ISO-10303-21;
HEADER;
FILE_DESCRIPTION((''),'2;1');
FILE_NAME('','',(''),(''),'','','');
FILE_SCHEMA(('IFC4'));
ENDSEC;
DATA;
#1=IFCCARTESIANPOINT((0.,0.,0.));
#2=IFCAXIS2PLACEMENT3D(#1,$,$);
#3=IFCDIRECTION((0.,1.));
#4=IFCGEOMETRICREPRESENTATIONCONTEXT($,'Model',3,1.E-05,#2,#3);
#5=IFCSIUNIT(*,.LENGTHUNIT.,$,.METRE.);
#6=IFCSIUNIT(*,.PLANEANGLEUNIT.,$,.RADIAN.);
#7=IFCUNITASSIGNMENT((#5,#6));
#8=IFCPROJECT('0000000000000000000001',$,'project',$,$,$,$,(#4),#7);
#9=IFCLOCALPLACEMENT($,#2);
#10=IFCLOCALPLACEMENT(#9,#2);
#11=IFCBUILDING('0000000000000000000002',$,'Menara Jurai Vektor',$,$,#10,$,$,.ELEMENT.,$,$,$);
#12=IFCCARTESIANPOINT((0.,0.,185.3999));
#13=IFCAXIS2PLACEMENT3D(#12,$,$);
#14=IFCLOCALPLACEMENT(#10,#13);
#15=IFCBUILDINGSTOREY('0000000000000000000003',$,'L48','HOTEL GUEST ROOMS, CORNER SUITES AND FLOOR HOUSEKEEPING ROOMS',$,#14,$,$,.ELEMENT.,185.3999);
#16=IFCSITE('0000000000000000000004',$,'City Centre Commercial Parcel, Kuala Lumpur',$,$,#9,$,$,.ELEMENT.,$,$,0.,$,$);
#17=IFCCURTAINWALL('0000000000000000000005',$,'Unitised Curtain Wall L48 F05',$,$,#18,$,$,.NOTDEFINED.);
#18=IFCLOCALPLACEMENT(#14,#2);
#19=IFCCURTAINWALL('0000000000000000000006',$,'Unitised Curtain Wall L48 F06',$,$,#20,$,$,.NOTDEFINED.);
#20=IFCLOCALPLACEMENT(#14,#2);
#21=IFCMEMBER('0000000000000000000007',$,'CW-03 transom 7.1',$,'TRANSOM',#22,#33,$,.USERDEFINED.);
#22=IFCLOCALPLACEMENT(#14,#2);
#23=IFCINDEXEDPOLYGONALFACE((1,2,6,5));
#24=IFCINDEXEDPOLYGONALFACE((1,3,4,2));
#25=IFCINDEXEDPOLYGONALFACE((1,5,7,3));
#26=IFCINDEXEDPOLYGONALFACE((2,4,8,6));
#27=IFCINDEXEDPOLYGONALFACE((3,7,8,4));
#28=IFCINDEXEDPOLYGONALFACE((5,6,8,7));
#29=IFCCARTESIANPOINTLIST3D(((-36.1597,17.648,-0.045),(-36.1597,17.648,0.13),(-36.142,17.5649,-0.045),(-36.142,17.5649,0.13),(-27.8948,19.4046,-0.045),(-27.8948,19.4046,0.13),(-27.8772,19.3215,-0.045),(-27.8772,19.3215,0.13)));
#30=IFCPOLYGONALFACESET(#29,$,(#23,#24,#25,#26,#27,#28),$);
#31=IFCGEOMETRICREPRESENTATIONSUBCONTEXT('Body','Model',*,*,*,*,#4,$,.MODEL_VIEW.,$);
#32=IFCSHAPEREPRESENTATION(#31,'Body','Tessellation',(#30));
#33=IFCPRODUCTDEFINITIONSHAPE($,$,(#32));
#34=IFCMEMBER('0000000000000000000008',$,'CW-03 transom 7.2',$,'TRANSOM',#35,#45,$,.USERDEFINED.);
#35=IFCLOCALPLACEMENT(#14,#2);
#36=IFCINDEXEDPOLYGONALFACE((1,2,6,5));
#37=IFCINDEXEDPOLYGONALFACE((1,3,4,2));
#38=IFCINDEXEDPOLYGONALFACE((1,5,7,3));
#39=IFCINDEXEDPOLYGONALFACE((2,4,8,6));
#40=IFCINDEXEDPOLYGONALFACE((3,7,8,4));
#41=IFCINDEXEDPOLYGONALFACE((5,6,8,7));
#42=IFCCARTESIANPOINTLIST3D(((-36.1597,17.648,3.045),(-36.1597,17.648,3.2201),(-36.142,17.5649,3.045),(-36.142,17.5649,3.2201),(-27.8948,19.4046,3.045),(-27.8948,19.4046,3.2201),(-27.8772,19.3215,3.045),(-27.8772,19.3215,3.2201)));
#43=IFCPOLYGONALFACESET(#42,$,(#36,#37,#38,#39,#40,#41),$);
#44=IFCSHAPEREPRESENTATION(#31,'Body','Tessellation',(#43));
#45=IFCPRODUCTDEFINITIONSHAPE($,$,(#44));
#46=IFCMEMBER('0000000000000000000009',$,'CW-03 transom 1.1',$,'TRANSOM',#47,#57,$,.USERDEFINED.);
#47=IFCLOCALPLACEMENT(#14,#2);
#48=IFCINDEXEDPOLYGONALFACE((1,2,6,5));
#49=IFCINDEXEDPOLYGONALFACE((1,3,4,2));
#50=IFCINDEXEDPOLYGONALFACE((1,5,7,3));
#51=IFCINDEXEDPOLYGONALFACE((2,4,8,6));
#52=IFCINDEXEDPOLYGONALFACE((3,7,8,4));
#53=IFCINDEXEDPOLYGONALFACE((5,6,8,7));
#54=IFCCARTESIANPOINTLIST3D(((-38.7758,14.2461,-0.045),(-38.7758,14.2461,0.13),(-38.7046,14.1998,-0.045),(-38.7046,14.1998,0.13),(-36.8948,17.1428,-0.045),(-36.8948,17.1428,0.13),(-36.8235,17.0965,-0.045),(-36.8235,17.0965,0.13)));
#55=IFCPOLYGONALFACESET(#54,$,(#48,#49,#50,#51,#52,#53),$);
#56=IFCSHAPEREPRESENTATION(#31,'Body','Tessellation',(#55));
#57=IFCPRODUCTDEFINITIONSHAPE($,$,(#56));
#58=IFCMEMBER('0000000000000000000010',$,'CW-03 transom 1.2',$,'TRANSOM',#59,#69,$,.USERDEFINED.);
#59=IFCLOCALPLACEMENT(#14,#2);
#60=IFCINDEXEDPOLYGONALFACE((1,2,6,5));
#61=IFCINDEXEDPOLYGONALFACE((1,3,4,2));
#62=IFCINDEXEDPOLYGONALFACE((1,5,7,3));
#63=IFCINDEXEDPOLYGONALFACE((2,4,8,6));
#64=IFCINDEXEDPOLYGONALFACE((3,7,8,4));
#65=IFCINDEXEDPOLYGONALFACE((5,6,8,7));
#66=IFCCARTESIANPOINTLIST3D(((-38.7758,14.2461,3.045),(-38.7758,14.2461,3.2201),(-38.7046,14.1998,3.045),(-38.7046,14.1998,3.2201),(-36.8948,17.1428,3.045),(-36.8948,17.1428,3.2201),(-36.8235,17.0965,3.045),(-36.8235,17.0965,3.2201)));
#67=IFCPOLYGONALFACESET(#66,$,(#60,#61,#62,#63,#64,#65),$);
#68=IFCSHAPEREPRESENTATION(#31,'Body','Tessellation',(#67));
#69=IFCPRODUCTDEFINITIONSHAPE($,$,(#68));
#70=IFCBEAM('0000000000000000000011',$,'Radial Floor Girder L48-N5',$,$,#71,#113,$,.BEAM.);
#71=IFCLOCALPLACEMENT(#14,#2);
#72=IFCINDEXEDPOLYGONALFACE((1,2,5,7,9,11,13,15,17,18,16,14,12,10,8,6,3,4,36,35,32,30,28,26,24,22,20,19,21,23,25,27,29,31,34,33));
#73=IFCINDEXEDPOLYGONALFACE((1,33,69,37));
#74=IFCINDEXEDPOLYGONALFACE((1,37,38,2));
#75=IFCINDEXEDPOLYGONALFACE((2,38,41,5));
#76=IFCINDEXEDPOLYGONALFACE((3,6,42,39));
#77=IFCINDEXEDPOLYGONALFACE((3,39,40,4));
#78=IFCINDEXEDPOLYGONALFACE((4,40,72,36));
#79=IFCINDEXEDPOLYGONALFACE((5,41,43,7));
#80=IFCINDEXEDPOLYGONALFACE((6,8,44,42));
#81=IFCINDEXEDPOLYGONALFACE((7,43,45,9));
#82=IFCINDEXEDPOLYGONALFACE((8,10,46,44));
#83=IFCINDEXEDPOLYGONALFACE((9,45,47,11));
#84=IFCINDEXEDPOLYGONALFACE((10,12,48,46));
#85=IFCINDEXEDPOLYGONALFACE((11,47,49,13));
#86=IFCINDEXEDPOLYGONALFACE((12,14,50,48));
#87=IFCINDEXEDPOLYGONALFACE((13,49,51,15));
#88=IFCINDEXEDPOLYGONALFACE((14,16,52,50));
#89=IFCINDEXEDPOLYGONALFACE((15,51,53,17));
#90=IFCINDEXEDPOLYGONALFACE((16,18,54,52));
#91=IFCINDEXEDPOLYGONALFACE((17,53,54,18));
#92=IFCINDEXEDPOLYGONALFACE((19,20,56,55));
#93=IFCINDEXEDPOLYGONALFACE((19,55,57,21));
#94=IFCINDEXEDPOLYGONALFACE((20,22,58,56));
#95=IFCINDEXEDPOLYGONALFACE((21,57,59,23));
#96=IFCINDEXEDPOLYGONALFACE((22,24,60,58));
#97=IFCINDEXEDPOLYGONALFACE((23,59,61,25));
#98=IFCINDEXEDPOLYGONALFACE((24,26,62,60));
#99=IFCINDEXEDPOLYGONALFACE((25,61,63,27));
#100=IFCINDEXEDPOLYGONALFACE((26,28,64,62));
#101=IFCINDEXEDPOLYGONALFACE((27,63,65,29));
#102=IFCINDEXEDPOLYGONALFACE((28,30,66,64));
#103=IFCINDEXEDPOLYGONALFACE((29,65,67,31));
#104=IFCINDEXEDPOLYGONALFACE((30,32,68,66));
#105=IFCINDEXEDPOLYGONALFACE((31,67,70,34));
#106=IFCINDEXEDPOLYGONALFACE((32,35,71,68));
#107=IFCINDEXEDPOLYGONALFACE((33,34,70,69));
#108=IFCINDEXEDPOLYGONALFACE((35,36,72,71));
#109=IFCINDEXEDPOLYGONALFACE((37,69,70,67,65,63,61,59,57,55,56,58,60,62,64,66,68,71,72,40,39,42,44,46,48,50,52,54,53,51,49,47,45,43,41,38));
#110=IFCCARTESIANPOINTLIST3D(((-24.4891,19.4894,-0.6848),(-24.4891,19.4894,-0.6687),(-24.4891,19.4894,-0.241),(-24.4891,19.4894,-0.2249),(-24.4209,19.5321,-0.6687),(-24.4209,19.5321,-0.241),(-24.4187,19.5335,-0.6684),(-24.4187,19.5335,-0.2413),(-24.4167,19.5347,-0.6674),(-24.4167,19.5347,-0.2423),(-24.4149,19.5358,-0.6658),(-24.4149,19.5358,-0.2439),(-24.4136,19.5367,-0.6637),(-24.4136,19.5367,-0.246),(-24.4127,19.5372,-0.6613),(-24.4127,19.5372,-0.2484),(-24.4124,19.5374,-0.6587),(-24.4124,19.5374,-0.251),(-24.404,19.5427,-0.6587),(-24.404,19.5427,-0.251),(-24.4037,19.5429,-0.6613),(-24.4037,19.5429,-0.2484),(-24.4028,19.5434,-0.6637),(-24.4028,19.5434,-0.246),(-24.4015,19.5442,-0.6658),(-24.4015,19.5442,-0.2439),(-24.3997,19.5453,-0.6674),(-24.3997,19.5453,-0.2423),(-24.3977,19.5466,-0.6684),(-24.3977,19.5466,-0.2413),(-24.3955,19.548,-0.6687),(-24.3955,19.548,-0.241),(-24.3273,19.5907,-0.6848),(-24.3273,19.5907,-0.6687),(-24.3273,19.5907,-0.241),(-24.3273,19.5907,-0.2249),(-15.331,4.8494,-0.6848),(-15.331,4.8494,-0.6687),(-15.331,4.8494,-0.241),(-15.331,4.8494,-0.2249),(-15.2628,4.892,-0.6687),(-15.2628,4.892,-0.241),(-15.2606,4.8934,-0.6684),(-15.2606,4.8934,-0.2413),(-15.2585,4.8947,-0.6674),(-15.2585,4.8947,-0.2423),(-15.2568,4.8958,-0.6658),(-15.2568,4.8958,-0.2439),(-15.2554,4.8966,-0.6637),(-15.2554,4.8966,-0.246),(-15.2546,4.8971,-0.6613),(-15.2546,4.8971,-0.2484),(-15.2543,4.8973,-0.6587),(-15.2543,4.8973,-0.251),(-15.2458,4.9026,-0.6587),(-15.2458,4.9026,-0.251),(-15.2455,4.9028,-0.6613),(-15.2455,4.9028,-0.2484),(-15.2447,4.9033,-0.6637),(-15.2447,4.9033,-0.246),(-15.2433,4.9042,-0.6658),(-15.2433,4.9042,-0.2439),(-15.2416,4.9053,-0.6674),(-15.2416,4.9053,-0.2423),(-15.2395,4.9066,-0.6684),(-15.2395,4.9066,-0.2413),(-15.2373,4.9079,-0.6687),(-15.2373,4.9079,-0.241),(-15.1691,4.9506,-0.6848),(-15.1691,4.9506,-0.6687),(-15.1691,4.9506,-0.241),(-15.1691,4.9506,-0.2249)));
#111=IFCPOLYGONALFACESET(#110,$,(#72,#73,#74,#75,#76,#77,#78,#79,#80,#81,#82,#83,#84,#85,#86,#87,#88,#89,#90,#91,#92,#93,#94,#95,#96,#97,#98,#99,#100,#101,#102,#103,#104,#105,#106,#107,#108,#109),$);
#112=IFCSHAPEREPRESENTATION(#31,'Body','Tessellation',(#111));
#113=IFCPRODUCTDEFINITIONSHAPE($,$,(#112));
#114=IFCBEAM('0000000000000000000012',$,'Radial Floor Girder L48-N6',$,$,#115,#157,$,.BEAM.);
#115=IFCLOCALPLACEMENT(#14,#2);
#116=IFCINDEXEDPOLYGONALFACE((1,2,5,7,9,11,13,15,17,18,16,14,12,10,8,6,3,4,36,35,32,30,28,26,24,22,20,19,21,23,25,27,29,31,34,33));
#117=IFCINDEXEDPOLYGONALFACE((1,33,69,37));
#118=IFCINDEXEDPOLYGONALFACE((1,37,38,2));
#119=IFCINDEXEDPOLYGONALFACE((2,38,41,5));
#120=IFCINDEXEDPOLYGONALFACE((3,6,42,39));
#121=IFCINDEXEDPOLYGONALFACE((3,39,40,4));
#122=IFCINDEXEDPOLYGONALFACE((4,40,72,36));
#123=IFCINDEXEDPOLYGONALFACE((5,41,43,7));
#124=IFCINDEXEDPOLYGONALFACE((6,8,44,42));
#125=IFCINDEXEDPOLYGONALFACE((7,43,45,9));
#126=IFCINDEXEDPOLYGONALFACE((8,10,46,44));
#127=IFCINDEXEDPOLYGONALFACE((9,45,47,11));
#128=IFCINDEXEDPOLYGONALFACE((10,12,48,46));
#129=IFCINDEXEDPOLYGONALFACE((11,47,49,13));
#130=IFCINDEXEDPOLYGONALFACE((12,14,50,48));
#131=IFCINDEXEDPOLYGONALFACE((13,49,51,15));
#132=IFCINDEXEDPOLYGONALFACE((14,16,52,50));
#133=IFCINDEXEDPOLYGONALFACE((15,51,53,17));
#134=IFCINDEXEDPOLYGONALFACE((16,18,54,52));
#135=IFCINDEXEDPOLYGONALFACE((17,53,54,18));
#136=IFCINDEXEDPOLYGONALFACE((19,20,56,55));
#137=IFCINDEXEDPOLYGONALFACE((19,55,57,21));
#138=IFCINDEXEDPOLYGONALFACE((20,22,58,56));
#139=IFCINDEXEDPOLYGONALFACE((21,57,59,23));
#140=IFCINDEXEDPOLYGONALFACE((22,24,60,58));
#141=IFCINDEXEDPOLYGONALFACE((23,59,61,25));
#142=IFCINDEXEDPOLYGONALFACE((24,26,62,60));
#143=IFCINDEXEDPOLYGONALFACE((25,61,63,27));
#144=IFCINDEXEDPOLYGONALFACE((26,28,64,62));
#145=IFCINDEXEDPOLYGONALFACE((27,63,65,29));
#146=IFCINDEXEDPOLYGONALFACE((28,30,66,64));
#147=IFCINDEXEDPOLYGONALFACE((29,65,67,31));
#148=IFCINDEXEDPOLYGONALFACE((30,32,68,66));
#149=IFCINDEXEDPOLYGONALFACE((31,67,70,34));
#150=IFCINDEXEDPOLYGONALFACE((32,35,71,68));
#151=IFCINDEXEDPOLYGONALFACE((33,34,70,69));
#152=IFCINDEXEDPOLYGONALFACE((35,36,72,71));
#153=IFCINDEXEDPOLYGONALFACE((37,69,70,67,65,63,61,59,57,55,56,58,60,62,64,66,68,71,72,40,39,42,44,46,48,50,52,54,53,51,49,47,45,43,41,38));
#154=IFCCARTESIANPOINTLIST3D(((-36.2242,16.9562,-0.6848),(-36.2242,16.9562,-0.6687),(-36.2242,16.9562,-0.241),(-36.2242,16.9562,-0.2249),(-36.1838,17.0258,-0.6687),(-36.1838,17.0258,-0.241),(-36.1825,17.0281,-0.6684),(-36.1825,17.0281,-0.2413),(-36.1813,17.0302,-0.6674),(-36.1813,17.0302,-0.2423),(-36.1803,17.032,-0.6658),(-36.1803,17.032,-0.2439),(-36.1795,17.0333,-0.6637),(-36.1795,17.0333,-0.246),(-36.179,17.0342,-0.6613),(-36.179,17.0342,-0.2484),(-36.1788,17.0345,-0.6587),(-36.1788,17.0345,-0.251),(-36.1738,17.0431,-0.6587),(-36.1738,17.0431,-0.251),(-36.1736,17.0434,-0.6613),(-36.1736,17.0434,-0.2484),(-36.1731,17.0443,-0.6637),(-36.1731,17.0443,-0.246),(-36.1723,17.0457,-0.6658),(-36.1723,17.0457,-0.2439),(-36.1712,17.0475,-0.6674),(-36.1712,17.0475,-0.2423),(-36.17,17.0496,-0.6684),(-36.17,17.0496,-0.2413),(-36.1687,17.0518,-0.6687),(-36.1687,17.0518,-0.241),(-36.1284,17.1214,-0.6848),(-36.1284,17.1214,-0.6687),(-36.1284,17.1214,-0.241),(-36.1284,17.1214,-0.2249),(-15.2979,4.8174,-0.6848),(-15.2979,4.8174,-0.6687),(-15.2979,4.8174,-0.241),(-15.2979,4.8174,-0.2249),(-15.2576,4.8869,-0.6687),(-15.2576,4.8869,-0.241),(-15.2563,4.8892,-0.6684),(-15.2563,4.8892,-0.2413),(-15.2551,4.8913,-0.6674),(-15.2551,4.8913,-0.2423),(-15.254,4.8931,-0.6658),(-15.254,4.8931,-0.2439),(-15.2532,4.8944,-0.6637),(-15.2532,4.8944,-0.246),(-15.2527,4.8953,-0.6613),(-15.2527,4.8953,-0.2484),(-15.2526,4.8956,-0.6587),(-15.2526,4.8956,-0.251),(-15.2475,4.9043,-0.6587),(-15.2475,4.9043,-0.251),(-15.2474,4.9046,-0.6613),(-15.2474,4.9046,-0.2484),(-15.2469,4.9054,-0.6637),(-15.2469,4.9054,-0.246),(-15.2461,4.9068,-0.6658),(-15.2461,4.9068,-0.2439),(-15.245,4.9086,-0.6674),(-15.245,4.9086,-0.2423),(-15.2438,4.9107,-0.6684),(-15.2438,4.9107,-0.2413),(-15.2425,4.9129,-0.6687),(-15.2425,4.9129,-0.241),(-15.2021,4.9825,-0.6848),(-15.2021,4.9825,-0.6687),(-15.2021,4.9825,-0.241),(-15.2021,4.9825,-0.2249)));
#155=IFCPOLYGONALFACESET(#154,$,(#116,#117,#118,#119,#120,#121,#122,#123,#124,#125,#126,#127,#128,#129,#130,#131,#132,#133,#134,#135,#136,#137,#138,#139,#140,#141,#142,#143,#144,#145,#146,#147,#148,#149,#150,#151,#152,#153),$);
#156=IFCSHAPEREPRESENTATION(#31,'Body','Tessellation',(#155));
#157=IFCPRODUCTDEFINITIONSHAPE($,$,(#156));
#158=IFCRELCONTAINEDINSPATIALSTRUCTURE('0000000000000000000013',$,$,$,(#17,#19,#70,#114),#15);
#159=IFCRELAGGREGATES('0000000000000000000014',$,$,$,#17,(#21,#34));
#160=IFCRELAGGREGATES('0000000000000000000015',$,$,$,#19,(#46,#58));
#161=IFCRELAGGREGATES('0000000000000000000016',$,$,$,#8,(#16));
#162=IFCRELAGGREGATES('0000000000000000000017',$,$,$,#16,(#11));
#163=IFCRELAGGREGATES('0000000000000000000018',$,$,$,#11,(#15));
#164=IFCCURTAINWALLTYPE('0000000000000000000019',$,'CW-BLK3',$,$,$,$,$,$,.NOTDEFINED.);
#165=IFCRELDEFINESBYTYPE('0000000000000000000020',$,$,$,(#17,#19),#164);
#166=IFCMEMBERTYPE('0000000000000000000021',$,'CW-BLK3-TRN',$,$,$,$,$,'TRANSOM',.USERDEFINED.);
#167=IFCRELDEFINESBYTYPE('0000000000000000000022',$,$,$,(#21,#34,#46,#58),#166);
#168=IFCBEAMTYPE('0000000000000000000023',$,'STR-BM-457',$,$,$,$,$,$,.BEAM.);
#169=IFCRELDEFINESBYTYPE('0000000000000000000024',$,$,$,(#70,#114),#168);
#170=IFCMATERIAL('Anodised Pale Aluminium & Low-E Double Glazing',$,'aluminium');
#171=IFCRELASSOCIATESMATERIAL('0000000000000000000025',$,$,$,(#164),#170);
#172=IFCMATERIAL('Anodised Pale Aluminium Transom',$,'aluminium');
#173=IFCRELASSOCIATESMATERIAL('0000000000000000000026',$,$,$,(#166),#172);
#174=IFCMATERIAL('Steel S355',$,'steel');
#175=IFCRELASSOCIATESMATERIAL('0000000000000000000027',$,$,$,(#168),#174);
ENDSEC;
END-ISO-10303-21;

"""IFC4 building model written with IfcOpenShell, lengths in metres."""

from ifc_helpers import new_model, si_unit, direction, frame, origin, origin_2d, place, context, subcontext, project, spatial, rectangle, i_section, extrude, material, material_profile, profile_set, type_object, element, aggregate, save


model = new_model("IFC4")

# Units and contexts
model_context = context("Model", 3, precision=1e-05, world=origin(), true_north=direction((0.0, 1.0)))
body_context = subcontext(model_context, "Body", "Model", "MODEL_VIEW")
ifc_project = project(units=[si_unit("LENGTHUNIT", "METRE"), si_unit("PLANEANGLEUNIT", "RADIAN")], contexts=[model_context])

# Site, building, storey
site_placement = place(None, origin())
site = spatial("IfcSite", under=ifc_project, at=site_placement, Name="City Centre Commercial Parcel, Kuala Lumpur", CompositionType="ELEMENT", RefElevation=0.0)
building_placement = place(site_placement, origin())
building = spatial("IfcBuilding", under=site, at=building_placement, Name="Menara Jurai Vektor", CompositionType="ELEMENT")
storey_placement = place(building_placement, frame((0.0, 0.0, 185.3999)))
storey = spatial("IfcBuildingStorey", under=building, at=storey_placement, Name="L48", Description="HOTEL GUEST ROOMS, CORNER SUITES AND FLOOR HOUSEKEEPING ROOMS", CompositionType="ELEMENT", Elevation=185.3999)

# Curtain walls
ifc_material_1 = material(Name="Anodised Pale Aluminium & Low-E Double Glazing", Category="aluminium")
curtain_wall_type = type_object("IfcCurtainWallType", Name="CW-BLK3", PredefinedType="NOTDEFINED", material=ifc_material_1)
curtain_wall_1_placement = place(storey_placement, origin())
curtain_wall_1 = element("IfcCurtainWall", 1, at=curtain_wall_1_placement, inside=storey, type_object=curtain_wall_type, Name="Unitised Curtain Wall L48 F05", PredefinedType="NOTDEFINED")
curtain_wall_2_placement = place(storey_placement, origin())
curtain_wall_2 = element("IfcCurtainWall", 2, at=curtain_wall_2_placement, inside=storey, type_object=curtain_wall_type, Name="Unitised Curtain Wall L48 F06", PredefinedType="NOTDEFINED")

# Members
ifc_material_2 = material(Name="Anodised Pale Aluminium Transom", Category="aluminium")
ifc_material_profile_1 = material_profile(ifc_material_2, rectangle(XDim=0.085, YDim=0.175, at=origin_2d()), Name="ALU TRN 85x175")
ifc_profile_set_1 = profile_set([ifc_material_profile_1], Name="Anodised Pale Aluminium Transom")
member_type_1 = type_object("IfcMemberType", Name="CW-BLK3-TRN", ElementType="TRANSOM", PredefinedType="USERDEFINED", material=ifc_profile_set_1)
member_1_placement = place(storey_placement, frame((-27.886, 19.363, 0.0425), z_axis=(-0.978152, -0.207893, 0.0), x_axis=(0.207893, -0.978152, 0.0)))
member_1 = element("IfcMember", 3, at=member_1_placement, type_object=member_type_1, Name="CW-03 transom 7.1", ObjectType="TRANSOM", PredefinedType="USERDEFINED", context=body_context, shape_type="SweptSolid", body=[
    extrude(rectangle(XDim=0.085, YDim=0.175, at=origin_2d()), origin(), (0.0, 0.0, 1.0), 8.4495),
])
member_2_placement = place(storey_placement, frame((-27.886, 19.363, 3.1326), z_axis=(-0.978152, -0.207893, 0.0), x_axis=(0.207893, -0.978152, 0.0)))
member_2 = element("IfcMember", 4, at=member_2_placement, type_object=member_type_1, Name="CW-03 transom 7.2", ObjectType="TRANSOM", PredefinedType="USERDEFINED", context=body_context, shape_type="SweptSolid", body=[
    extrude(rectangle(XDim=0.085, YDim=0.175, at=origin_2d()), origin(), (0.0, 0.0, 1.0), 8.4495),
])
member_3_placement = place(storey_placement, frame((-36.8591, 17.1196, 0.0425), z_axis=(-0.544628, -0.838678, 0.0), x_axis=(0.838678, -0.544628, 0.0)))
member_3 = element("IfcMember", 5, at=member_3_placement, type_object=member_type_1, Name="CW-03 transom 1.1", ObjectType="TRANSOM", PredefinedType="USERDEFINED", context=body_context, shape_type="SweptSolid", body=[
    extrude(rectangle(XDim=0.085, YDim=0.175, at=origin_2d()), origin(), (0.0, 0.0, 1.0), 3.4539),
])
member_4_placement = place(storey_placement, frame((-36.8591, 17.1196, 3.1326), z_axis=(-0.544628, -0.838678, 0.0), x_axis=(0.838678, -0.544628, 0.0)))
member_4 = element("IfcMember", 6, at=member_4_placement, type_object=member_type_1, Name="CW-03 transom 1.2", ObjectType="TRANSOM", PredefinedType="USERDEFINED", context=body_context, shape_type="SweptSolid", body=[
    extrude(rectangle(XDim=0.085, YDim=0.175, at=origin_2d()), origin(), (0.0, 0.0, 1.0), 3.4539),
])

# Beams
ifc_material_3 = material(Name="Steel S355", Category="steel")
ifc_material_profile_2 = material_profile(ifc_material_3, i_section(OverallWidth=0.1909, OverallDepth=0.46, WebThickness=0.01, FlangeThickness=0.0161, FilletRadius=0.01, at=origin_2d()), Name="UKB 457x191x82")
ifc_profile_set_2 = profile_set([ifc_material_profile_2], Name="Steel S355")
beam_type_1 = type_object("IfcBeamType", Name="STR-BM-457", PredefinedType="BEAM", material=ifc_profile_set_2)
beam_1_placement = place(storey_placement, frame((-24.4082, 19.54, -0.4548), z_axis=(0.530337, -0.847787, 0.0), x_axis=(0.847787, 0.530337, 0.0)))
element("IfcBeam", 7, at=beam_1_placement, inside=storey, type_object=beam_type_1, Name="Radial Floor Girder L48-N5", PredefinedType="BEAM", context=body_context, shape_type="SweptSolid", body=[
    extrude(i_section(OverallWidth=0.1909, OverallDepth=0.46, WebThickness=0.01, FlangeThickness=0.0161, FilletRadius=0.01, at=origin_2d()), origin(), (0.0, 0.0, 1.0), 17.2686),
])
beam_2_placement = place(storey_placement, frame((-36.1763, 17.0388, -0.4548), z_axis=(0.865001, -0.50177, 0.0), x_axis=(0.50177, 0.865001, 0.0)))
element("IfcBeam", 8, at=beam_2_placement, inside=storey, type_object=beam_type_1, Name="Radial Floor Girder L48-N6", PredefinedType="BEAM", context=body_context, shape_type="SweptSolid", body=[
    extrude(i_section(OverallWidth=0.1909, OverallDepth=0.46, WebThickness=0.01, FlangeThickness=0.0161, FilletRadius=0.01, at=origin_2d()), origin(), (0.0, 0.0, 1.0), 24.1921),
])

aggregate(curtain_wall_1, [member_1, member_2])
aggregate(curtain_wall_2, [member_3, member_4])

save(model, "model.ifc")
